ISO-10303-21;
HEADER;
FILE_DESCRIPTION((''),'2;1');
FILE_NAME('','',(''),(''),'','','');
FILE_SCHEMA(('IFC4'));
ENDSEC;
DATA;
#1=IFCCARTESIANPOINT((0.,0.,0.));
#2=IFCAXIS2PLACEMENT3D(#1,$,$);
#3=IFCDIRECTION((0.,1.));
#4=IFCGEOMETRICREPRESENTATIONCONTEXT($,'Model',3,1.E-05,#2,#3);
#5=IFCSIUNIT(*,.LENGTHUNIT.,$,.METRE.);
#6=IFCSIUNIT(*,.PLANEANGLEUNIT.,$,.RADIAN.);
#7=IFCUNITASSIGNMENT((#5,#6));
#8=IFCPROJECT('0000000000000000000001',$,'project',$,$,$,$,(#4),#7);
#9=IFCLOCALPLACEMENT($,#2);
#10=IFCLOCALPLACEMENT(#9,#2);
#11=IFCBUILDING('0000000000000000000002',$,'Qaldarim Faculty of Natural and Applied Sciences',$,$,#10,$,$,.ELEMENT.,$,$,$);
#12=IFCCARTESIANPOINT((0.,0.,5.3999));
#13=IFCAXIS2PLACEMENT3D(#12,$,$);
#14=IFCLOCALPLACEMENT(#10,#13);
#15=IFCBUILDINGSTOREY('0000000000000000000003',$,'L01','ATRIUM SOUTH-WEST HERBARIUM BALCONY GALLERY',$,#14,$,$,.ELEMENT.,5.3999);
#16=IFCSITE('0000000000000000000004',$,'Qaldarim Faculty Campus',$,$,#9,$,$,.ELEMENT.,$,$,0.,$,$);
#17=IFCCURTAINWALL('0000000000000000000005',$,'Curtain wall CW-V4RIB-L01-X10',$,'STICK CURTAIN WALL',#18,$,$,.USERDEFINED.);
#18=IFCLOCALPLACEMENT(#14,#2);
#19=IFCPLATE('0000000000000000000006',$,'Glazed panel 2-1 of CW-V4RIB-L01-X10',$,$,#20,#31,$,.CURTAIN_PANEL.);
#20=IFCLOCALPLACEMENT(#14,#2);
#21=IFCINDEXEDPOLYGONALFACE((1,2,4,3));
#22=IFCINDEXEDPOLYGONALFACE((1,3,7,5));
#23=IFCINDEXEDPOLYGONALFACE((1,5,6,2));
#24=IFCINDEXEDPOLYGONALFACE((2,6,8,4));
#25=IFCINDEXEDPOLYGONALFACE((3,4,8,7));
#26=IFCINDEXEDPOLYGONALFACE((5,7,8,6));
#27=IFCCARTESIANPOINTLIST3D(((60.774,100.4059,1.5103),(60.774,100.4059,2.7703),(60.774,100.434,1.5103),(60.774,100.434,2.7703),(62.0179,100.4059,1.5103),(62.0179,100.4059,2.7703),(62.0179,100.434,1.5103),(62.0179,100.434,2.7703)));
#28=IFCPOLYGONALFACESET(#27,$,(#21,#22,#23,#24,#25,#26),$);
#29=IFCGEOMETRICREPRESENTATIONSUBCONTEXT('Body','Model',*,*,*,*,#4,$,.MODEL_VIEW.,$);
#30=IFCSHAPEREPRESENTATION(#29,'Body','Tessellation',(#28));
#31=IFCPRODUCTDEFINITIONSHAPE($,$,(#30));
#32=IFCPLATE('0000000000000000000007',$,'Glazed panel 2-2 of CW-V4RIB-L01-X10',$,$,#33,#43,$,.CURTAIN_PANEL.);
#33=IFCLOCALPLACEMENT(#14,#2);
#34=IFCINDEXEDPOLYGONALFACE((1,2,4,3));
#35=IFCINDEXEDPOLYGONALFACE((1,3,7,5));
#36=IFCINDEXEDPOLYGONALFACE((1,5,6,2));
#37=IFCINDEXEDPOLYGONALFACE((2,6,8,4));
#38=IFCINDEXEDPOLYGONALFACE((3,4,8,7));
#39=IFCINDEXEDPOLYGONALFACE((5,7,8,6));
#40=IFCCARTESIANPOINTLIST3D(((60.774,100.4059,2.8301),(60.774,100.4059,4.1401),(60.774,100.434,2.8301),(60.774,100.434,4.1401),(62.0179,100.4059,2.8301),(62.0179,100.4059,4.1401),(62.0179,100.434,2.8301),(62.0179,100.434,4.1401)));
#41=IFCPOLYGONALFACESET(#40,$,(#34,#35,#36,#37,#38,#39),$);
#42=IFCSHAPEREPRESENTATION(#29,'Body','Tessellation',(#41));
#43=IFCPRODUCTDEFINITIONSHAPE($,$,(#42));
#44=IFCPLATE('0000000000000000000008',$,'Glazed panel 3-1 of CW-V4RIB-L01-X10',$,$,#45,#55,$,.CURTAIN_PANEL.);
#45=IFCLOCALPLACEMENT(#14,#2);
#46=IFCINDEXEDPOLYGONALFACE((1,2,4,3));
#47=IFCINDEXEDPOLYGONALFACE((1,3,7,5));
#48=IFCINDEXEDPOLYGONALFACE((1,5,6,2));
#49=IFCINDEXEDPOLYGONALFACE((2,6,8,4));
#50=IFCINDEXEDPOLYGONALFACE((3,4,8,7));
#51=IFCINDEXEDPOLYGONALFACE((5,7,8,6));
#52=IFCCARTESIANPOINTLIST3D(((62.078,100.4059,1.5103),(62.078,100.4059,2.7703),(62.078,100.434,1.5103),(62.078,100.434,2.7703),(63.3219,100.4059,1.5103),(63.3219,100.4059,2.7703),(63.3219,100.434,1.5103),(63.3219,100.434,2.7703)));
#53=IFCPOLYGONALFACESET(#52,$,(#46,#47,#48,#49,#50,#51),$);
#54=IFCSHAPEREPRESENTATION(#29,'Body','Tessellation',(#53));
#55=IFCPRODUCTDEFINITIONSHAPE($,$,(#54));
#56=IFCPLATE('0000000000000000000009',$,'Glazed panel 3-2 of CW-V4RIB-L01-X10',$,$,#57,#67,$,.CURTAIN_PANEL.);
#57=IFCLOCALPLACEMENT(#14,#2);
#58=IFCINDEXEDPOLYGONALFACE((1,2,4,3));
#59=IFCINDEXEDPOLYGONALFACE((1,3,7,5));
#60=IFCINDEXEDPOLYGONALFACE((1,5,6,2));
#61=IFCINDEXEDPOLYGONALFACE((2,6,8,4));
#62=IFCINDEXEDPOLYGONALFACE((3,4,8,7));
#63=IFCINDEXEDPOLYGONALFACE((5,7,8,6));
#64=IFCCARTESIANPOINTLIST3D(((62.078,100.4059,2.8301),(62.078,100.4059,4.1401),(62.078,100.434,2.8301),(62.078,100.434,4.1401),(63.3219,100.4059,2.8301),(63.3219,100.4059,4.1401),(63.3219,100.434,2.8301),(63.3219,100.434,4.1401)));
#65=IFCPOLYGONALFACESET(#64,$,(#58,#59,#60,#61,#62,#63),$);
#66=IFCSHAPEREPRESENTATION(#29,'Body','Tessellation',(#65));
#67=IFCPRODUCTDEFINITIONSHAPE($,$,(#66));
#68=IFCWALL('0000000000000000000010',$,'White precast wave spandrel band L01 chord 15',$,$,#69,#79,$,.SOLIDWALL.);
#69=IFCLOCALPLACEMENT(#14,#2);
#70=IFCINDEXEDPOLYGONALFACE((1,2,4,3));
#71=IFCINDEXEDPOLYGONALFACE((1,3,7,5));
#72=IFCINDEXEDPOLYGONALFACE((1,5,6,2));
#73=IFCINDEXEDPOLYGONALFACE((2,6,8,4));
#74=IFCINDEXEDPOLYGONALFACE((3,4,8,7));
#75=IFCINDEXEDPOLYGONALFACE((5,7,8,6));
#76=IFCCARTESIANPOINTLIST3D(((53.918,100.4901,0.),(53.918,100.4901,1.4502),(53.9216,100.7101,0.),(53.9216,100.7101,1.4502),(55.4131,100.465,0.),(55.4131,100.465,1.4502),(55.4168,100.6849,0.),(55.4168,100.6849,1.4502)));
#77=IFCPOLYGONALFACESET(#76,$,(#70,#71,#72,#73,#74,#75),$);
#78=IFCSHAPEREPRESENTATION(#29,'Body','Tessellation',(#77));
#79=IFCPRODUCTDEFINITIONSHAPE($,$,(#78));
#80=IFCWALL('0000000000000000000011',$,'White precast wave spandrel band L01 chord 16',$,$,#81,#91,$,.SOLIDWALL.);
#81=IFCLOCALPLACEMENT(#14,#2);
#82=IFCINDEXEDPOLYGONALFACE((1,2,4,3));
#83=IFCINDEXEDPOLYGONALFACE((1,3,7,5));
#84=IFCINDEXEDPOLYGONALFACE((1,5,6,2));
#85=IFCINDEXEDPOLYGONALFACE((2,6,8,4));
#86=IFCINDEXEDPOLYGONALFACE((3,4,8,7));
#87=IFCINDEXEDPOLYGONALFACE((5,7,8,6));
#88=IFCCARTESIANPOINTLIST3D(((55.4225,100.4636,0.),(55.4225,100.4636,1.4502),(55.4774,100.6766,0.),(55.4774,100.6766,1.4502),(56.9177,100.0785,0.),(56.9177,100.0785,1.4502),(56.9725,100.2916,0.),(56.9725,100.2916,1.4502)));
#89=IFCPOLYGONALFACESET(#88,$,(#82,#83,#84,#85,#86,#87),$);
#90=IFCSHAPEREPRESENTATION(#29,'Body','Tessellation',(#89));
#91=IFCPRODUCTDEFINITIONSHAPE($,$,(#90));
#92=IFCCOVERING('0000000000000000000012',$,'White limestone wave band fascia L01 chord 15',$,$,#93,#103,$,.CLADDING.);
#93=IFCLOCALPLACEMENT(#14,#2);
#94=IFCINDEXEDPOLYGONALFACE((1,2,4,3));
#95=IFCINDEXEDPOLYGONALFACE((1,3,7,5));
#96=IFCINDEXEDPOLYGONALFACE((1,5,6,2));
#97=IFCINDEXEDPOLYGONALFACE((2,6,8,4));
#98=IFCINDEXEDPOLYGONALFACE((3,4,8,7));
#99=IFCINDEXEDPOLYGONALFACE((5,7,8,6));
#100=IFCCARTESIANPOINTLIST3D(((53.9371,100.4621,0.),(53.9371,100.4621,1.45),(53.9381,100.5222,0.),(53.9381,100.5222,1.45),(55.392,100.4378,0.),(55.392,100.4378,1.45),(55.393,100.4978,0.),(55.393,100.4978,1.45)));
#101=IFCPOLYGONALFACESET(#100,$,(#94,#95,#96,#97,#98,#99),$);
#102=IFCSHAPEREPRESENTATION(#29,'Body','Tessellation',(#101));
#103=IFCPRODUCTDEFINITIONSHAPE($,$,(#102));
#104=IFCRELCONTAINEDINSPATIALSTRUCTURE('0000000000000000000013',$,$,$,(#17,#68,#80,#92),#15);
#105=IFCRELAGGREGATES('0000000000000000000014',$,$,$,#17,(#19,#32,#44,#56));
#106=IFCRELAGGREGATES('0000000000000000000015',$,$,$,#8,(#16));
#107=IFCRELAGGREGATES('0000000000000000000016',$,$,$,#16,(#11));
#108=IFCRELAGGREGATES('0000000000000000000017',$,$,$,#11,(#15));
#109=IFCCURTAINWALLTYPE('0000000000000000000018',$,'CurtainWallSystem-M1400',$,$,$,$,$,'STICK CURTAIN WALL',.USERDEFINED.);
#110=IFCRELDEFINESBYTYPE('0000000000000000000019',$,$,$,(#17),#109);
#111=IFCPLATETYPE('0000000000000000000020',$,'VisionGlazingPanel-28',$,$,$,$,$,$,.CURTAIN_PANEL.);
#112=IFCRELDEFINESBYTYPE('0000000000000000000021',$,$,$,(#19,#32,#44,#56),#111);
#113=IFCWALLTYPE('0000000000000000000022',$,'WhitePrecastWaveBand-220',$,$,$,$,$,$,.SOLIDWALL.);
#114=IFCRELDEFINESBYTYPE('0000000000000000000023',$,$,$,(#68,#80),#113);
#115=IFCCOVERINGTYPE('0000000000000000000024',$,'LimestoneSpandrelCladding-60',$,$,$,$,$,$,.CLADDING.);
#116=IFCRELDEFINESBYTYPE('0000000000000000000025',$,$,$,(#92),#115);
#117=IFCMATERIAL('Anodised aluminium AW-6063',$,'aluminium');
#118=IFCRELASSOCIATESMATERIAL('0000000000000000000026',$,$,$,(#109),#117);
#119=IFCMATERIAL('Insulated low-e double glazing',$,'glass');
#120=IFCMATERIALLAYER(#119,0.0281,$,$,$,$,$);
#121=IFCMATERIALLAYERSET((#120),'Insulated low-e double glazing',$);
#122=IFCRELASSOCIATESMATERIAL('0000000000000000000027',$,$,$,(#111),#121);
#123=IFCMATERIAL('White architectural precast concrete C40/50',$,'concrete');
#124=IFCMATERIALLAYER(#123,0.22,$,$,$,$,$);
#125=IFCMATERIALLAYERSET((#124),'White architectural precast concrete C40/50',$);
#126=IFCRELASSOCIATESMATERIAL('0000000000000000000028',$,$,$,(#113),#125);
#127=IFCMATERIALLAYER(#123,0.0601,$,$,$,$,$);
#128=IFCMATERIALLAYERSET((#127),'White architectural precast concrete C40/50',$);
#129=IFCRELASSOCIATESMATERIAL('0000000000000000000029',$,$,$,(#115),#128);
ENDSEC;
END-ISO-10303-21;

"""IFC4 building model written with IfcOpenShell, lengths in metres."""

from ifc_helpers import new_model, si_unit, direction, frame, frame_2d, origin, origin_2d, place, context, subcontext, project, spatial, rectangle, extrude, material, layer, layer_set, type_object, element, aggregate, save


model = new_model("IFC4")

# Units and contexts
model_context = context("Model", 3, precision=1e-05, world=origin(), true_north=direction((0.0, 1.0)))
body_context = subcontext(model_context, "Body", "Model", "MODEL_VIEW")
ifc_project = project(units=[si_unit("LENGTHUNIT", "METRE"), si_unit("PLANEANGLEUNIT", "RADIAN")], contexts=[model_context])

# Site, building, storey
site_placement = place(None, origin())
site = spatial("IfcSite", under=ifc_project, at=site_placement, Name="Qaldarim Faculty Campus", CompositionType="ELEMENT", RefElevation=0.0)
building_placement = place(site_placement, origin())
building = spatial("IfcBuilding", under=site, at=building_placement, Name="Qaldarim Faculty of Natural and Applied Sciences", CompositionType="ELEMENT")
storey_placement = place(building_placement, frame((0.0, 0.0, 5.3999)))
storey = spatial("IfcBuildingStorey", under=building, at=storey_placement, Name="L01", Description="ATRIUM SOUTH-WEST HERBARIUM BALCONY GALLERY", CompositionType="ELEMENT", Elevation=5.3999)

# Curtain wall
ifc_material_1 = material(Name="Anodised aluminium AW-6063", Category="aluminium")
curtain_wall_type = type_object("IfcCurtainWallType", Name="CurtainWallSystem-M1400", ElementType="STICK CURTAIN WALL", PredefinedType="USERDEFINED", material=ifc_material_1)
curtain_wall_placement = place(storey_placement, origin())
curtain_wall = element("IfcCurtainWall", 1, at=curtain_wall_placement, inside=storey, type_object=curtain_wall_type, Name="Curtain wall CW-V4RIB-L01-X10", ObjectType="STICK CURTAIN WALL", PredefinedType="USERDEFINED")

# Plates
ifc_material_2 = material(Name="Insulated low-e double glazing", Category="glass")
ifc_layer_1 = layer(ifc_material_2, 0.0281)
ifc_layer_set_1 = layer_set([ifc_layer_1], Name="Insulated low-e double glazing")
plate_type = type_object("IfcPlateType", Name="VisionGlazingPanel-28", PredefinedType="CURTAIN_PANEL", material=ifc_layer_set_1)
plate_1_placement = place(storey_placement, frame((61.396, 100.4199, 1.5103), z_axis=(0.0, 0.0, 1.0), x_axis=(1.0, 0.0, 0.0)))
plate_1 = element("IfcPlate", 2, at=plate_1_placement, type_object=plate_type, Name="Glazed panel 2-1 of CW-V4RIB-L01-X10", PredefinedType="CURTAIN_PANEL", context=body_context, shape_type="SweptSolid", body=[
    extrude(rectangle(XDim=1.2439, YDim=0.0281, at=origin_2d()), origin(), (0.0, 0.0, 1.0), 1.26),
])
plate_2_placement = place(storey_placement, frame((61.396, 100.4199, 2.8301), z_axis=(0.0, 0.0, 1.0), x_axis=(1.0, 0.0, 0.0)))
plate_2 = element("IfcPlate", 3, at=plate_2_placement, type_object=plate_type, Name="Glazed panel 2-2 of CW-V4RIB-L01-X10", PredefinedType="CURTAIN_PANEL", context=body_context, shape_type="SweptSolid", body=[
    extrude(rectangle(XDim=1.2439, YDim=0.0281, at=origin_2d()), origin(), (0.0, 0.0, 1.0), 1.3101),
])
plate_3_placement = place(storey_placement, frame((62.7, 100.4199, 1.5103), z_axis=(0.0, 0.0, 1.0), x_axis=(1.0, 0.0, 0.0)))
plate_3 = element("IfcPlate", 4, at=plate_3_placement, type_object=plate_type, Name="Glazed panel 3-1 of CW-V4RIB-L01-X10", PredefinedType="CURTAIN_PANEL", context=body_context, shape_type="SweptSolid", body=[
    extrude(rectangle(XDim=1.2439, YDim=0.0281, at=origin_2d()), origin(), (0.0, 0.0, 1.0), 1.26),
])
plate_4_placement = place(storey_placement, frame((62.7, 100.4199, 2.8301), z_axis=(0.0, 0.0, 1.0), x_axis=(1.0, 0.0, 0.0)))
plate_4 = element("IfcPlate", 5, at=plate_4_placement, type_object=plate_type, Name="Glazed panel 3-2 of CW-V4RIB-L01-X10", PredefinedType="CURTAIN_PANEL", context=body_context, shape_type="SweptSolid", body=[
    extrude(rectangle(XDim=1.2439, YDim=0.0281, at=origin_2d()), origin(), (0.0, 0.0, 1.0), 1.3101),
])
aggregate(curtain_wall, [plate_1, plate_2, plate_3, plate_4])

# Walls
ifc_material_3 = material(Name="White architectural precast concrete C40/50", Category="concrete")
ifc_layer_2 = layer(ifc_material_3, 0.22)
ifc_layer_set_2 = layer_set([ifc_layer_2], Name="White architectural precast concrete C40/50")
wall_type = type_object("IfcWallType", Name="WhitePrecastWaveBand-220", PredefinedType="SOLIDWALL", material=ifc_layer_set_2)
wall_1_placement = place(storey_placement, frame((53.9199, 100.6001, 0.0), z_axis=(0.0, 0.0, 1.0), x_axis=(0.999859, -0.016817, 0.0)))
element("IfcWall", 6, at=wall_1_placement, inside=storey, type_object=wall_type, Name="White precast wave spandrel band L01 chord 15", PredefinedType="SOLIDWALL", context=body_context, shape_type="SweptSolid", body=[
    extrude(rectangle(XDim=1.4954, YDim=0.22, at=frame_2d((0.7476, 0.0))), origin(), (0.0, 0.0, 1.0), 1.4502),
])
wall_2_placement = place(storey_placement, frame((55.45, 100.5701, 0.0), z_axis=(0.0, 0.0, 1.0), x_axis=(0.968407, -0.249376, 0.0)))
element("IfcWall", 7, at=wall_2_placement, inside=storey, type_object=wall_type, Name="White precast wave spandrel band L01 chord 16", PredefinedType="SOLIDWALL", context=body_context, shape_type="SweptSolid", body=[
    extrude(rectangle(XDim=1.5439, YDim=0.22, at=frame_2d((0.772, 0.0))), origin(), (0.0, 0.0, 1.0), 1.4502),
])

# Covering
ifc_layer_3 = layer(ifc_material_3, 0.0601)
ifc_layer_set_3 = layer_set([ifc_layer_3], Name="White architectural precast concrete C40/50")
covering_type = type_object("IfcCoveringType", Name="LimestoneSpandrelCladding-60", PredefinedType="CLADDING", material=ifc_layer_set_3)
covering_placement = place(storey_placement, frame((54.665, 100.48, 0.0), z_axis=(0.0, 0.0, 1.0), x_axis=(0.99986, -0.016719, 0.0)))
element("IfcCovering", 8, at=covering_placement, inside=storey, type_object=covering_type, Name="White limestone wave band fascia L01 chord 15", PredefinedType="CLADDING", context=body_context, shape_type="SweptSolid", body=[
    extrude(rectangle(XDim=1.4551, YDim=0.0601, at=origin_2d()), origin(), (0.0, 0.0, 1.0), 1.45),
])

save(model, "model.ifc")
